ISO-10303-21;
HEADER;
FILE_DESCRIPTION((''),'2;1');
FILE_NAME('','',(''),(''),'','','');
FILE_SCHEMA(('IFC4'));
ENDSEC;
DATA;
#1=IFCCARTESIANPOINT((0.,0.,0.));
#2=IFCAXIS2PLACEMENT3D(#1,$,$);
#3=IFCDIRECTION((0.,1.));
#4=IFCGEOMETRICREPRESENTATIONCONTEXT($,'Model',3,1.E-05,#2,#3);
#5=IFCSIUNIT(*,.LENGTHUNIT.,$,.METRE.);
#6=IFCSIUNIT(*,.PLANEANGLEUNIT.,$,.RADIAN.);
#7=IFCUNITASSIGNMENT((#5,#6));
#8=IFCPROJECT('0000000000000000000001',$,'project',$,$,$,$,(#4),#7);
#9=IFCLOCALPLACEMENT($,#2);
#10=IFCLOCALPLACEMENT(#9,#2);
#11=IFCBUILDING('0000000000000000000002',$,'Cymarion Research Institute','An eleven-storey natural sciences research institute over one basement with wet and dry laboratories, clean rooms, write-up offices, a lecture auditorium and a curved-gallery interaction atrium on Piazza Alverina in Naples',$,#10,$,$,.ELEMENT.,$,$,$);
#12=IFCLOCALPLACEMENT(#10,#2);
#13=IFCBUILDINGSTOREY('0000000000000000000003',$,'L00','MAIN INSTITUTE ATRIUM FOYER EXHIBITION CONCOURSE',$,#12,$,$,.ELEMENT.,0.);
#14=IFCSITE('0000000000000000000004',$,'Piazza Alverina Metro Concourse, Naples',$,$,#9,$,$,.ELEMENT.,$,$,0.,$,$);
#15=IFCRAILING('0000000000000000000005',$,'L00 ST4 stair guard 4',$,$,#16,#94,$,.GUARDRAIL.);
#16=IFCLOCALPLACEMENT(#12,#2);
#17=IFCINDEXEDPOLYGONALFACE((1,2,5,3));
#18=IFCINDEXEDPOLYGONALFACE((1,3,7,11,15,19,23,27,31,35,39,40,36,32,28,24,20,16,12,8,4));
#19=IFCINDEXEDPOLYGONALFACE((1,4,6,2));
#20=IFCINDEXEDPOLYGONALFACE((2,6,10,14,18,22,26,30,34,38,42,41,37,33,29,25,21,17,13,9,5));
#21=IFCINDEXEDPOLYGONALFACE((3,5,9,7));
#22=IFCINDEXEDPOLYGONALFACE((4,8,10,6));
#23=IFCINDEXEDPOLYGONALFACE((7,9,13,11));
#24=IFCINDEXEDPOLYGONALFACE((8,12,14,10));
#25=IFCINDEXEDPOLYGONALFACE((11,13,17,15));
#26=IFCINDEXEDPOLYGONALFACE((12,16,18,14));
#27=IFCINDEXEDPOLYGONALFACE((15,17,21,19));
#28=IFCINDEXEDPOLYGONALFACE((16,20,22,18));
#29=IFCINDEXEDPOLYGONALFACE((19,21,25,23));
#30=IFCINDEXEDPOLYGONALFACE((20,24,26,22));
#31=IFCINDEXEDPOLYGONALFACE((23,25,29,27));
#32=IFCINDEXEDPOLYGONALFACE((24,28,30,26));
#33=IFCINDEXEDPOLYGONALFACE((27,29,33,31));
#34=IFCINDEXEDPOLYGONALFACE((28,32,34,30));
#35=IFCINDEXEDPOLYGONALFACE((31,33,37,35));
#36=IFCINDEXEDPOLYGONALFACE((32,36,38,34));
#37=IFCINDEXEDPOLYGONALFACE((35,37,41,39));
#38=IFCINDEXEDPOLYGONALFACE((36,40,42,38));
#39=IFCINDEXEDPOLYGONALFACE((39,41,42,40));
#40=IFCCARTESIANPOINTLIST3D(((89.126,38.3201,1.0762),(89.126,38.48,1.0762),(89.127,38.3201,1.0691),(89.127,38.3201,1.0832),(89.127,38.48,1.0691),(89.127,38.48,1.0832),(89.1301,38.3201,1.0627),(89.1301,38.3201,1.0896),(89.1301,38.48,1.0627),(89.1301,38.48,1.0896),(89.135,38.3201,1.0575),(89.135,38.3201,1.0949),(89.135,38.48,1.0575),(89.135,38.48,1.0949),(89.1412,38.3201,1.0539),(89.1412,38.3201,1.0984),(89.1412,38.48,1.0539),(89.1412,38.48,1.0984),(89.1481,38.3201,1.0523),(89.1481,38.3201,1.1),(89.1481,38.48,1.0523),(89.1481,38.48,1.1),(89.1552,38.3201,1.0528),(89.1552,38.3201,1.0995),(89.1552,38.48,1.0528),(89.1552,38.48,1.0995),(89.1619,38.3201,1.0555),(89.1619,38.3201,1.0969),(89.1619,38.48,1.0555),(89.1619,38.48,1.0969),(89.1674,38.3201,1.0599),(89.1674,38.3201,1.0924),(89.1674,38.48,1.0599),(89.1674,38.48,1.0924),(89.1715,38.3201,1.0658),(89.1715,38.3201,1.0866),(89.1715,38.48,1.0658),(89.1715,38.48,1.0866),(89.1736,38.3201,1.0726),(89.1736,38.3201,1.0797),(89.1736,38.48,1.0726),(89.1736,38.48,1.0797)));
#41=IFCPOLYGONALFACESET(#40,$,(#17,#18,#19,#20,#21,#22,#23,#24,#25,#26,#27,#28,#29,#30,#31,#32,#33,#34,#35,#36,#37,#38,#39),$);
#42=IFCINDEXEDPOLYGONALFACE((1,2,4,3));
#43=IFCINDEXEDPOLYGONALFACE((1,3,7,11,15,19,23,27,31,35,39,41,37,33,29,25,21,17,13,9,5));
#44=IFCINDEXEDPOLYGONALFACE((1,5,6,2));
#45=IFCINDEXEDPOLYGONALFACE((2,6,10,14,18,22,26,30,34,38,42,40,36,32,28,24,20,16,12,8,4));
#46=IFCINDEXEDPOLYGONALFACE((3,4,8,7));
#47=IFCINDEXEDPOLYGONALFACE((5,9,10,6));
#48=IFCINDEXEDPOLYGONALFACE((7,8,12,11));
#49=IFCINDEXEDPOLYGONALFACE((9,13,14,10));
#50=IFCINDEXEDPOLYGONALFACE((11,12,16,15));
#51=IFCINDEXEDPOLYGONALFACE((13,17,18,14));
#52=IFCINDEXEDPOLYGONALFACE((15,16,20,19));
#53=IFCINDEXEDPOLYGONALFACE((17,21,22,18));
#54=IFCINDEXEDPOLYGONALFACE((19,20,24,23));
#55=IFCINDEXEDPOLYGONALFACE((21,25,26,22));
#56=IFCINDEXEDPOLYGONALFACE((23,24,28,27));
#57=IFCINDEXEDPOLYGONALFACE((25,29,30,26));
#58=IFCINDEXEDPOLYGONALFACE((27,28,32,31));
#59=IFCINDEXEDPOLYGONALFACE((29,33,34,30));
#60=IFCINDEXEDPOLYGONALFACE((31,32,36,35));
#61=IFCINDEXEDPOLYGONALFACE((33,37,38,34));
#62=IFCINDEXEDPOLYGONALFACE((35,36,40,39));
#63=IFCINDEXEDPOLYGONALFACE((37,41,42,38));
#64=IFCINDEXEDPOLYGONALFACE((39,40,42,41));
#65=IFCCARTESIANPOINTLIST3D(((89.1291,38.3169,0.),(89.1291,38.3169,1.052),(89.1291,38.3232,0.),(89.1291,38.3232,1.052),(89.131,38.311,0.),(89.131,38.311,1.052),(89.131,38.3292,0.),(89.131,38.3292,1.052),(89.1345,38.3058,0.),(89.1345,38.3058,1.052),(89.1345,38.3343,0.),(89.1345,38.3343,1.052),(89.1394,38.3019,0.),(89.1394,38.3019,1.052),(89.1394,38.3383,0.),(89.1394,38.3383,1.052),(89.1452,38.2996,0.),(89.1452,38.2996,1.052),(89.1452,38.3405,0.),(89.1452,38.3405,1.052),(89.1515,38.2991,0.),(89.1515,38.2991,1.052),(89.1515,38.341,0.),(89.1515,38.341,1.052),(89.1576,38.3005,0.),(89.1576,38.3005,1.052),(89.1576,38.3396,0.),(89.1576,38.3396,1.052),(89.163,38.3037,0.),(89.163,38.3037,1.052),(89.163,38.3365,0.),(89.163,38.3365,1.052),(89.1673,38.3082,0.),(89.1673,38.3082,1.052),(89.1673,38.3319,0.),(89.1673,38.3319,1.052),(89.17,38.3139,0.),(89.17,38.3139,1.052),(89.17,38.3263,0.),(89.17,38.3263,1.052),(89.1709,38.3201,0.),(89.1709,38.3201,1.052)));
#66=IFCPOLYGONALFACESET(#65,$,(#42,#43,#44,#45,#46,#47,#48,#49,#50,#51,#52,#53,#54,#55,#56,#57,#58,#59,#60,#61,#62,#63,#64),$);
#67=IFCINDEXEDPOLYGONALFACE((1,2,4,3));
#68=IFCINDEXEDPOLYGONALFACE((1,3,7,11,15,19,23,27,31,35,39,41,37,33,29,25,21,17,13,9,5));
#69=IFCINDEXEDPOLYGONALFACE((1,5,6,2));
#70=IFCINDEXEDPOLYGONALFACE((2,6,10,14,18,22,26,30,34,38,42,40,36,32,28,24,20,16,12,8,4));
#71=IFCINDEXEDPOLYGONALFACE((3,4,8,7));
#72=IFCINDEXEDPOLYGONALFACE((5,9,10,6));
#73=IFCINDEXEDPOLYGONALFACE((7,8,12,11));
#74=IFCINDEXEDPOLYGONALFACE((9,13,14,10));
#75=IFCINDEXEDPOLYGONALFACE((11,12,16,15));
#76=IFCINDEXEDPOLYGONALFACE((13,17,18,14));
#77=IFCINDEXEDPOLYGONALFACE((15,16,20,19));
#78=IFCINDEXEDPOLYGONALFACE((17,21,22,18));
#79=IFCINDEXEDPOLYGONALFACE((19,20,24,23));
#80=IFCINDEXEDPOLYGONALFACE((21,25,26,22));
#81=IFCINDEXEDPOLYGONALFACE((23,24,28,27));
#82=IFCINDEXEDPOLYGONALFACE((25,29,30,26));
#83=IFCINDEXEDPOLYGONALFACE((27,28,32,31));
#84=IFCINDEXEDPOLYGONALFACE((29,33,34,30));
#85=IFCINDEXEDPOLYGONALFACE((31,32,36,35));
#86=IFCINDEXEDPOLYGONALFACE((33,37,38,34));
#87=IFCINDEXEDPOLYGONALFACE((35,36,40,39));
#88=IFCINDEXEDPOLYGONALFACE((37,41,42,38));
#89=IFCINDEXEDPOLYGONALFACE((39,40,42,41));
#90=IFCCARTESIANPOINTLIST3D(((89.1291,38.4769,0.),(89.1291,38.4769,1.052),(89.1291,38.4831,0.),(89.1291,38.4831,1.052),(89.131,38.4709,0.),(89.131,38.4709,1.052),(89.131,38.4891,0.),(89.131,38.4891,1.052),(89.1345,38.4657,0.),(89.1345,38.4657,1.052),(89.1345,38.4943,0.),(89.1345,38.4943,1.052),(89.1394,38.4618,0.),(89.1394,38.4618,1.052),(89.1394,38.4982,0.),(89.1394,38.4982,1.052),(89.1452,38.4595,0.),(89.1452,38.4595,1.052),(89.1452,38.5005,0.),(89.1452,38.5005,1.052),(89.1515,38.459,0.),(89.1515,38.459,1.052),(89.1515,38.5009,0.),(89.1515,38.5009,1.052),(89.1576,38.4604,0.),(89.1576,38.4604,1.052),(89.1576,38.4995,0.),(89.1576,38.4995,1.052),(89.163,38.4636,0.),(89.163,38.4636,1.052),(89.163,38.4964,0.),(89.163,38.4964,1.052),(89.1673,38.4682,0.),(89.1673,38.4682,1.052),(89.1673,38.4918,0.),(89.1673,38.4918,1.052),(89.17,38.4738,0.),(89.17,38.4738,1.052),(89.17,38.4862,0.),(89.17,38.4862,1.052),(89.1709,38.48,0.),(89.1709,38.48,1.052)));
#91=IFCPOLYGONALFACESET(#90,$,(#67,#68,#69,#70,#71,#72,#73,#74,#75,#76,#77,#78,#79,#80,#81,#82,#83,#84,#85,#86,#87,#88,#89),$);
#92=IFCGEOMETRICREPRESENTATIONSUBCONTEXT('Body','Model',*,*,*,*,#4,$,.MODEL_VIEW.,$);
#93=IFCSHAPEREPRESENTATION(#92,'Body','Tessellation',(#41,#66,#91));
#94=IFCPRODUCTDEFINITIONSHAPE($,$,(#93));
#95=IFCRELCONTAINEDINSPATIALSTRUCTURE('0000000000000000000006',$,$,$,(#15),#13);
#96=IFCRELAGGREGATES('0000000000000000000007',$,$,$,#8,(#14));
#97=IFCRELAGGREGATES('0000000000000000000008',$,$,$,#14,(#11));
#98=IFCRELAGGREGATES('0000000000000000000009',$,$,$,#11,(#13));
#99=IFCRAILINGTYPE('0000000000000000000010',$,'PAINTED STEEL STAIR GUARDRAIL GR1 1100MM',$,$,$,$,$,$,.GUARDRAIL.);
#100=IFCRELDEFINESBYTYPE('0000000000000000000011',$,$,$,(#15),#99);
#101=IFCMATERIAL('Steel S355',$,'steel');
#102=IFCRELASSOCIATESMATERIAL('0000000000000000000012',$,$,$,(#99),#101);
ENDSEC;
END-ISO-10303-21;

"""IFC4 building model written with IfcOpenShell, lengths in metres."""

from ifc_helpers import new_model, si_unit, direction, frame, origin, origin_2d, place, context, subcontext, project, spatial, circle, extrude, material, type_object, element, save


model = new_model("IFC4")

# Units and contexts
model_context = context("Model", 3, precision=1e-05, world=origin(), true_north=direction((0.0, 1.0)))
body_context = subcontext(model_context, "Body", "Model", "MODEL_VIEW")
ifc_project = project(units=[si_unit("LENGTHUNIT", "METRE"), si_unit("PLANEANGLEUNIT", "RADIAN")], contexts=[model_context])

# Site, building, storey
site_placement = place(None, origin())
site = spatial("IfcSite", under=ifc_project, at=site_placement, Name="Piazza Alverina Metro Concourse, Naples", CompositionType="ELEMENT", RefElevation=0.0)
building_placement = place(site_placement, origin())
building = spatial("IfcBuilding", under=site, at=building_placement, Name="Cymarion Research Institute", Description="An eleven-storey natural sciences research institute over one basement with wet and dry laboratories, clean rooms, write-up offices, a lecture auditorium and a curved-gallery interaction atrium on Piazza Alverina in Naples", CompositionType="ELEMENT")
storey_placement = place(building_placement, origin())
storey = spatial("IfcBuildingStorey", under=building, at=storey_placement, Name="L00", Description="MAIN INSTITUTE ATRIUM FOYER EXHIBITION CONCOURSE", CompositionType="ELEMENT", Elevation=0.0)

# Shared definitions
ifc_material_1 = material(Name="Steel S355", Category="steel")

# Railing
railing_type_1 = type_object("IfcRailingType", Name="PAINTED STEEL STAIR GUARDRAIL GR1 1100MM", PredefinedType="GUARDRAIL", material=ifc_material_1)
railing_1_placement = place(storey_placement, frame((89.1499, 38.3201, 0.0)))
element("IfcRailing", 1, at=railing_1_placement, inside=storey, type_object=railing_type_1, Name="L00 ST4 stair guard 4", PredefinedType="GUARDRAIL", context=body_context, shape_type="SweptSolid", body=[
    extrude(circle(Radius=0.0239, at=origin_2d()), frame((0.0, 0.0, 1.0762), z_axis=(0.0, 1.0, 0.0), x_axis=(-1.0, 0.0, 0.0)), (0.0, 0.0, 1.0), 0.1599),
    extrude(circle(Radius=0.021, at=origin_2d()), origin(), (0.0, 0.0, 1.0), 1.052),
    extrude(circle(Radius=0.021, at=origin_2d()), frame((0.0, 0.1599, 0.0)), (0.0, 0.0, 1.0), 1.052),
])

save(model, "model.ifc")
